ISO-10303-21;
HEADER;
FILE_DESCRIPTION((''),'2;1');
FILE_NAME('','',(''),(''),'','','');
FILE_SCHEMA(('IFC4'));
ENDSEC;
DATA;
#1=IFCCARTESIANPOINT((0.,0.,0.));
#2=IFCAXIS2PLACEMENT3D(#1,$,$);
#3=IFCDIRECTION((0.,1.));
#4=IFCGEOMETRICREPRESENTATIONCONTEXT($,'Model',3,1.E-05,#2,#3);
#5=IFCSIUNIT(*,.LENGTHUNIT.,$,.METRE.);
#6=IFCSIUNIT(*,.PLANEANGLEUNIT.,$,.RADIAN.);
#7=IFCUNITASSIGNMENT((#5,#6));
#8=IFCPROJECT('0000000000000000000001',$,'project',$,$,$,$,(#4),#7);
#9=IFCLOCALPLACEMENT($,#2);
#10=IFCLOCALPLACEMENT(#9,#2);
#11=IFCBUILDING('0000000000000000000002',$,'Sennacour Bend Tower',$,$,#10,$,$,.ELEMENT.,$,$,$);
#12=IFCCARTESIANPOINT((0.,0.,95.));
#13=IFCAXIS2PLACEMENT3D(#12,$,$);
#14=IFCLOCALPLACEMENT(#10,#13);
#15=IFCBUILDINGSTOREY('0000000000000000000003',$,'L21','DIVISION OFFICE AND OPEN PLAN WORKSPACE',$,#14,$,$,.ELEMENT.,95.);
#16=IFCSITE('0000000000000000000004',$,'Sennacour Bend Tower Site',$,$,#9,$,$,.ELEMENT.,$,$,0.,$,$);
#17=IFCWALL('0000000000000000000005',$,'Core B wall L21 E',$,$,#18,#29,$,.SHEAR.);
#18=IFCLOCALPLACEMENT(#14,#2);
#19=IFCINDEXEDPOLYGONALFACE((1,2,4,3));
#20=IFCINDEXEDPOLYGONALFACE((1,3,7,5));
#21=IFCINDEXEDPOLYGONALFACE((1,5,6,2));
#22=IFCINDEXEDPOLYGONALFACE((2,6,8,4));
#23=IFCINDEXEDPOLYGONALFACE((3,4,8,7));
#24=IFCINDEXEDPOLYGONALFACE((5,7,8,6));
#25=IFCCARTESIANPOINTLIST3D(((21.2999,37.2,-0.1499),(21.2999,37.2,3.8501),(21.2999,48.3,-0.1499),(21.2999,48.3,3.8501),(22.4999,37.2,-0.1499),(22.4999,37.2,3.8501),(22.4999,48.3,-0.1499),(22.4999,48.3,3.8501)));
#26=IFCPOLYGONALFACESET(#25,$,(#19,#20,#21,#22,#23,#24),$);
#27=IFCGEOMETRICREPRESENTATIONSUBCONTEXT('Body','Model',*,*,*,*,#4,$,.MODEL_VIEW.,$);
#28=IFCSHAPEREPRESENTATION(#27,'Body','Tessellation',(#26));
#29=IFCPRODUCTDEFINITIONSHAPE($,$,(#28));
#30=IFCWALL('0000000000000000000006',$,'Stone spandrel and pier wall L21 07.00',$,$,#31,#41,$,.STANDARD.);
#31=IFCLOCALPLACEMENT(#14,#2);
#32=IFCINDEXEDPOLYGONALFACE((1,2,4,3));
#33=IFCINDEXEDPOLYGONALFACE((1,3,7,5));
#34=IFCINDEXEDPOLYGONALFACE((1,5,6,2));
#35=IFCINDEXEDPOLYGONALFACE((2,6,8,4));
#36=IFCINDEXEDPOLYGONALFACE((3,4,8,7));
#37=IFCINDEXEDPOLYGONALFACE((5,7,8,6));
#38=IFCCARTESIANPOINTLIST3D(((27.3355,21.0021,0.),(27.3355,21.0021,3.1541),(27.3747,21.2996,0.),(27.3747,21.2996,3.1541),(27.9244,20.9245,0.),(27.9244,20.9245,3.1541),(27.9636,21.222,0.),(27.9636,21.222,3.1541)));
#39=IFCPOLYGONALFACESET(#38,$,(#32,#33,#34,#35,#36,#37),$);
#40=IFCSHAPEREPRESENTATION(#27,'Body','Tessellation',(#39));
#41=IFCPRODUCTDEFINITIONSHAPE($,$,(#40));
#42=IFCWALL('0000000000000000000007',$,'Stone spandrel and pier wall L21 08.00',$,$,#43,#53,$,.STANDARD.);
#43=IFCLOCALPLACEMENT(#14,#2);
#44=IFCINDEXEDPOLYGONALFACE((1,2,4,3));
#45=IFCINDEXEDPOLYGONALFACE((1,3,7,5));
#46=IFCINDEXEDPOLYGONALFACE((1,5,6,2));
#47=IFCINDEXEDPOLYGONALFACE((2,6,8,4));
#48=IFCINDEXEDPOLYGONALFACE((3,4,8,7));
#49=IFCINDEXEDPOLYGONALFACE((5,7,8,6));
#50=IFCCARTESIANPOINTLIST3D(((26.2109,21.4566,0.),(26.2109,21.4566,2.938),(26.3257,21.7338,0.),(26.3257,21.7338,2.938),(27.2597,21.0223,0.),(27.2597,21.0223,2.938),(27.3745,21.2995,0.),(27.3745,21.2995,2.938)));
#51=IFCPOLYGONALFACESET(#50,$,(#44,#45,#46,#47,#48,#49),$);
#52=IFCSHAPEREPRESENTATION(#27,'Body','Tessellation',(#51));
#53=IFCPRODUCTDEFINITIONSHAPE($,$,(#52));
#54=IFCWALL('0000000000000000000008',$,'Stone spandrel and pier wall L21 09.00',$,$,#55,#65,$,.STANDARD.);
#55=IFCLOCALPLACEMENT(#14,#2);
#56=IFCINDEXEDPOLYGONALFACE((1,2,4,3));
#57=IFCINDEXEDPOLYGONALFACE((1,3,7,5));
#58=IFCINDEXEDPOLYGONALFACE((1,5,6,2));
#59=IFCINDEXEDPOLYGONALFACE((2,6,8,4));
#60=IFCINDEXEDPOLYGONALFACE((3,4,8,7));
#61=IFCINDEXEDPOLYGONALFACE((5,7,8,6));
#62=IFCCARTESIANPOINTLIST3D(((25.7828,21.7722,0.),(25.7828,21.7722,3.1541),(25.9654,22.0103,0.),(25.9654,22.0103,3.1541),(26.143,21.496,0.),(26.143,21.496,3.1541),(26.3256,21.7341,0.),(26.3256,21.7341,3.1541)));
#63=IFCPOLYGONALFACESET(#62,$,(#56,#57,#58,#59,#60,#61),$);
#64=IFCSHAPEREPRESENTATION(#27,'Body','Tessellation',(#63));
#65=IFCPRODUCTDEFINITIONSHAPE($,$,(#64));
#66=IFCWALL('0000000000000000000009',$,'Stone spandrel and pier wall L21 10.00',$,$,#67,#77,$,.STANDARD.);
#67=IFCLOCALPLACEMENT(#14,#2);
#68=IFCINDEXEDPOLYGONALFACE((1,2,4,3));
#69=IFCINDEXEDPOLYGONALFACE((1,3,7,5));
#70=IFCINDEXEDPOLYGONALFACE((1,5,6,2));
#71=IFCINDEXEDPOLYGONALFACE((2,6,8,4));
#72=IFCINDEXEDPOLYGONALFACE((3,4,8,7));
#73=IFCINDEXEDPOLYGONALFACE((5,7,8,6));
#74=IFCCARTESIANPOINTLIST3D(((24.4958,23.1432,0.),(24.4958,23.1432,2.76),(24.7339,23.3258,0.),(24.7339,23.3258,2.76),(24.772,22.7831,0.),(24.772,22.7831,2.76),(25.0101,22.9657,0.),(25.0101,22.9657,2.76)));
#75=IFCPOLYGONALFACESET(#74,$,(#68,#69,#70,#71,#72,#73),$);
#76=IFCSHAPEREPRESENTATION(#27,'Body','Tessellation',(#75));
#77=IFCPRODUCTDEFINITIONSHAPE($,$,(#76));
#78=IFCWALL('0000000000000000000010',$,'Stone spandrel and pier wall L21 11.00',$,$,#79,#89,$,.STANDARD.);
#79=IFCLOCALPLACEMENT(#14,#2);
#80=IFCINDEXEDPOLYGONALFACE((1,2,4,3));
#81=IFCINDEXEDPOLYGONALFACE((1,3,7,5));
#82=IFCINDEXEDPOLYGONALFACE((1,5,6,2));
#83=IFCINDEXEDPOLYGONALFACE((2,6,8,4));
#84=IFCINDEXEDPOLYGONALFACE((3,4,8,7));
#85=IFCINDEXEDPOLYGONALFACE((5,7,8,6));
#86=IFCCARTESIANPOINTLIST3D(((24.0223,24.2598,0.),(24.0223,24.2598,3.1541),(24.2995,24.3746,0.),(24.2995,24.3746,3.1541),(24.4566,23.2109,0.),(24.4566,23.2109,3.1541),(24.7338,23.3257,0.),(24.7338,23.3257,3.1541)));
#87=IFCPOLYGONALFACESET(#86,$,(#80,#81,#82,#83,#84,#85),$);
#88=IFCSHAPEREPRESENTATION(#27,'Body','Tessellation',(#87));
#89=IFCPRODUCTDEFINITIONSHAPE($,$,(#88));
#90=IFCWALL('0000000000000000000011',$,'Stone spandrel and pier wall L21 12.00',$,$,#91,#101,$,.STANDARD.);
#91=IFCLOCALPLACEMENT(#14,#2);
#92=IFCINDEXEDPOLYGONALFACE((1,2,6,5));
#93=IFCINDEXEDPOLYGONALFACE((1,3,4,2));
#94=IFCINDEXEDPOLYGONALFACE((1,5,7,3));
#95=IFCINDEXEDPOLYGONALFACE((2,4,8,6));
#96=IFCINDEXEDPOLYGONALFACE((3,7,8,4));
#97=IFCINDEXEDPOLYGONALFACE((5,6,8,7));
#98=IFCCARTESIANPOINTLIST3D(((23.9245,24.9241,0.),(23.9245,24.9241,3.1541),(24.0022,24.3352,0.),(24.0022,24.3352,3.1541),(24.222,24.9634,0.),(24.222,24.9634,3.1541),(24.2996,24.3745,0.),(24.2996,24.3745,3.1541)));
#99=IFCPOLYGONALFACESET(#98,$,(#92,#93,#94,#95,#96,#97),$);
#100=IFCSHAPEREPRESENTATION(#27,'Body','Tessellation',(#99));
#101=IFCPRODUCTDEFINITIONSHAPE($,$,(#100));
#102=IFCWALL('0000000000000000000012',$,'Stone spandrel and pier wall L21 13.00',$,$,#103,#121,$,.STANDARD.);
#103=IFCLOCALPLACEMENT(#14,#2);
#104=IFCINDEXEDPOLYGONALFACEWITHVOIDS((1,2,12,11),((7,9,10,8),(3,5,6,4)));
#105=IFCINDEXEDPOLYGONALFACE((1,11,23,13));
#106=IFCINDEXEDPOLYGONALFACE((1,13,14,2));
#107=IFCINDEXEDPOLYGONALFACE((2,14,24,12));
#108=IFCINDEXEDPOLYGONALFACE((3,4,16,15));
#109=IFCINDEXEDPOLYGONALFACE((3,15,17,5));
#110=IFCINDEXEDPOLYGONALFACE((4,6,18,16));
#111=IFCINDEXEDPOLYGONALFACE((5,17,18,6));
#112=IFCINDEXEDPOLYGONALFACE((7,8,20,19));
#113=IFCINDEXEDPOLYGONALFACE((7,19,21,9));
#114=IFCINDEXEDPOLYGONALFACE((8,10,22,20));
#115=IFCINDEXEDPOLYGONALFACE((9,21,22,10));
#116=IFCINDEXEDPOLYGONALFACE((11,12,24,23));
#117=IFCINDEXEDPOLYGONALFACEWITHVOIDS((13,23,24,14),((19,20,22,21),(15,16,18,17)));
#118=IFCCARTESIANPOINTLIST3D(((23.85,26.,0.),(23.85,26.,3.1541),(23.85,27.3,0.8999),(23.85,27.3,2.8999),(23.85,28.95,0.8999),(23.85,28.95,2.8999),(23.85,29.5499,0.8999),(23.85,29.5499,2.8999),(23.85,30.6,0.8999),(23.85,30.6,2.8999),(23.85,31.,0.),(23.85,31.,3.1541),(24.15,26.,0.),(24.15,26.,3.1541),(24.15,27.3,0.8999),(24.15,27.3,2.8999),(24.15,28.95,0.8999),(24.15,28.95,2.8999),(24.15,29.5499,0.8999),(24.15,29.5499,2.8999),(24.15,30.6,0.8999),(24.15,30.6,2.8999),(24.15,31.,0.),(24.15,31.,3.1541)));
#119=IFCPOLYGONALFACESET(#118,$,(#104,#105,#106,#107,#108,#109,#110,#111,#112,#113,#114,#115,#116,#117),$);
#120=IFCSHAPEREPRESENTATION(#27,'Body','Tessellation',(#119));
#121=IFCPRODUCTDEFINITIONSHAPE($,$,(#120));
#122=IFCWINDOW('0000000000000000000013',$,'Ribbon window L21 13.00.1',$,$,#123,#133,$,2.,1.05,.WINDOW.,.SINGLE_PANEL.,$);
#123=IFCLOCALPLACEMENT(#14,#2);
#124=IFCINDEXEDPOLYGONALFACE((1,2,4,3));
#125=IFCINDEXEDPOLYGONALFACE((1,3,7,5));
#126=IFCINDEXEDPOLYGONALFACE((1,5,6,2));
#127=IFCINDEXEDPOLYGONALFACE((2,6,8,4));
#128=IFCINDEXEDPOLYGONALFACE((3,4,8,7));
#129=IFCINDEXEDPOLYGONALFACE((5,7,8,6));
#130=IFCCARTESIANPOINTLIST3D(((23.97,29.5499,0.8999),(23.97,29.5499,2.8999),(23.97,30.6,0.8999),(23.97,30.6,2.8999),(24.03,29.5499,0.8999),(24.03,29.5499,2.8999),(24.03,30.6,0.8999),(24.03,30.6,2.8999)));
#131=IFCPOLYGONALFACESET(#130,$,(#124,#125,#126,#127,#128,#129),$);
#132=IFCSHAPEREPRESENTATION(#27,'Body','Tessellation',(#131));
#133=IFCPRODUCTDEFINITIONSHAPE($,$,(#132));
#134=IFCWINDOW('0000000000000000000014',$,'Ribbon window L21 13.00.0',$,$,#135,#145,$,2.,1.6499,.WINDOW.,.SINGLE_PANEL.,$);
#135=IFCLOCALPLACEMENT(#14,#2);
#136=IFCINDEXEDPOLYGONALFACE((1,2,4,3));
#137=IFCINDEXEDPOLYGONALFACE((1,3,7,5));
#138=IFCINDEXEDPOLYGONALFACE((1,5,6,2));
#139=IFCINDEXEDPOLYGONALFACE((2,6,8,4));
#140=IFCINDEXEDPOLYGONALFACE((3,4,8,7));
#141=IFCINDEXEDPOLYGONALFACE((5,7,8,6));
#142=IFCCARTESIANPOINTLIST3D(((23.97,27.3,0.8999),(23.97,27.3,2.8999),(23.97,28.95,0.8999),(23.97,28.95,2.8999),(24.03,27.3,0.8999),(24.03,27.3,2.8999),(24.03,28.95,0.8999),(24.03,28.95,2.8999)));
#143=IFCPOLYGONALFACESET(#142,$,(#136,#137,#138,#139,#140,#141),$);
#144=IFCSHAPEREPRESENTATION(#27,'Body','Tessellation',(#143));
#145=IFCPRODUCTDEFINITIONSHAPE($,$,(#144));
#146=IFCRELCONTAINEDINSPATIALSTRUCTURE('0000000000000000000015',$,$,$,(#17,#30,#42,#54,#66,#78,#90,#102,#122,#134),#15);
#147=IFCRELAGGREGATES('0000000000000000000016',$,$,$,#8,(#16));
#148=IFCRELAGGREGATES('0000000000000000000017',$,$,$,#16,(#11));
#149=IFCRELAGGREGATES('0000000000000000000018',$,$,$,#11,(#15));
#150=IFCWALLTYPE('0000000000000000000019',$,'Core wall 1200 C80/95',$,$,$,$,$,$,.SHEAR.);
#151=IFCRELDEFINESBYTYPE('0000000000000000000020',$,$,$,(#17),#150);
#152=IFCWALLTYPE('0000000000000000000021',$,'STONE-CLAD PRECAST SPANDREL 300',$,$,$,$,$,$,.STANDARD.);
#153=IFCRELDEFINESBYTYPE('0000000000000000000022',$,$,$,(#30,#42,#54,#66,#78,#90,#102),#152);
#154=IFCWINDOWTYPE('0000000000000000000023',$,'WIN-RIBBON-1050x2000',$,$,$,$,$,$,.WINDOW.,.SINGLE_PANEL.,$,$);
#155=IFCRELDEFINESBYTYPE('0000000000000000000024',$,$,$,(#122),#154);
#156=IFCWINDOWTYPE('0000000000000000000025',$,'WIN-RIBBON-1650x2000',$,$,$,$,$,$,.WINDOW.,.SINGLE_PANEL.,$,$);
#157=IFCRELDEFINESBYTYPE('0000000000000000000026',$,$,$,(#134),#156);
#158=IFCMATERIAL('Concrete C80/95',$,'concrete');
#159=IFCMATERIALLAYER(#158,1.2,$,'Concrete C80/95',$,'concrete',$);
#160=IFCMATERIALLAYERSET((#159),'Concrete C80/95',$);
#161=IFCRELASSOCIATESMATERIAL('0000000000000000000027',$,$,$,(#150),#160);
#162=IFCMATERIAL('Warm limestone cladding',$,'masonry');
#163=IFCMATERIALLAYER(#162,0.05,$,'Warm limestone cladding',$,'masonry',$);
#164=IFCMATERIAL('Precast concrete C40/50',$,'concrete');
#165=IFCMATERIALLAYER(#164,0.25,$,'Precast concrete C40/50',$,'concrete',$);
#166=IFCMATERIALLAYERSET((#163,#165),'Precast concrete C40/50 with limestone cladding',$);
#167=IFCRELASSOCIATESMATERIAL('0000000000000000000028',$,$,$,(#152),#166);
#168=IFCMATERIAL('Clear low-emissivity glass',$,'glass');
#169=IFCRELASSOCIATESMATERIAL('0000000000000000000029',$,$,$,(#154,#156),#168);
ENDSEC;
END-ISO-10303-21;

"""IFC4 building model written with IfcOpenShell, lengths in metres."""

from ifc_helpers import new_model, si_unit, direction, frame, frame_2d, origin, place, context, subcontext, project, spatial, rectangle, extrude, material, layer, layer_set, type_object, element, fill, save


model = new_model("IFC4")

# Units and contexts
model_context = context("Model", 3, precision=1e-05, world=origin(), true_north=direction((0.0, 1.0)))
body_context = subcontext(model_context, "Body", "Model", "MODEL_VIEW")
ifc_project = project(units=[si_unit("LENGTHUNIT", "METRE"), si_unit("PLANEANGLEUNIT", "RADIAN")], contexts=[model_context])

# Site, building, storey
site_placement = place(None, origin())
site = spatial("IfcSite", under=ifc_project, at=site_placement, Name="Sennacour Bend Tower Site", CompositionType="ELEMENT", RefElevation=0.0)
building_placement = place(site_placement, origin())
building = spatial("IfcBuilding", under=site, at=building_placement, Name="Sennacour Bend Tower", CompositionType="ELEMENT")
storey_placement = place(building_placement, frame((0.0, 0.0, 95.0)))
storey = spatial("IfcBuildingStorey", under=building, at=storey_placement, Name="L21", Description="DIVISION OFFICE AND OPEN PLAN WORKSPACE", CompositionType="ELEMENT", Elevation=95.0)

# Walls
ifc_material_1 = material(Name="Concrete C80/95", Category="concrete")
ifc_layer_1 = layer(ifc_material_1, 1.2, Name="Concrete C80/95", Category="concrete")
ifc_layer_set_1 = layer_set([ifc_layer_1], Name="Concrete C80/95")
wall_type_1 = type_object("IfcWallType", Name="Core wall 1200 C80/95", PredefinedType="SHEAR", material=ifc_layer_set_1)
wall_1_placement = place(storey_placement, frame((21.8999, 37.2, -0.1499), z_axis=(0.0, 0.0, 1.0), x_axis=(0.0, 1.0, 0.0)))
element("IfcWall", 1, at=wall_1_placement, inside=storey, type_object=wall_type_1, Name="Core B wall L21 E", PredefinedType="SHEAR", context=body_context, shape_type="SweptSolid", body=[
    extrude(rectangle(XDim=11.1001, YDim=1.2, at=frame_2d((5.55, 0.0))), origin(), (0.0, 0.0, 1.0), 4.0),
])
ifc_material_2 = material(Name="Warm limestone cladding", Category="masonry")
ifc_layer_2 = layer(ifc_material_2, 0.05, Name="Warm limestone cladding", Category="masonry")
ifc_material_3 = material(Name="Precast concrete C40/50", Category="concrete")
ifc_layer_3 = layer(ifc_material_3, 0.25, Name="Precast concrete C40/50", Category="concrete")
ifc_layer_set_2 = layer_set([ifc_layer_2, ifc_layer_3], Name="Precast concrete C40/50 with limestone cladding")
wall_type_2 = type_object("IfcWallType", Name="STONE-CLAD PRECAST SPANDREL 300", PredefinedType="STANDARD", material=ifc_layer_set_2)
wall_2_placement = place(storey_placement, frame((27.9438, 21.0732, 0.0), z_axis=(0.0, 0.0, 1.0), x_axis=(-0.991421, 0.13071, 0.0)))
element("IfcWall", 2, at=wall_2_placement, inside=storey, type_object=wall_type_2, Name="Stone spandrel and pier wall L21 07.00", PredefinedType="STANDARD", context=body_context, shape_type="SweptSolid", body=[
    extrude(rectangle(XDim=0.594, YDim=0.3, at=frame_2d((0.2969, 0.0))), origin(), (0.0, 0.0, 1.0), 3.1541),
])
wall_3_placement = place(storey_placement, frame((27.3171, 21.1609, 0.0), z_axis=(0.0, 0.0, 1.0), x_axis=(-0.923915, 0.382599, 0.0)))
element("IfcWall", 3, at=wall_3_placement, inside=storey, type_object=wall_type_2, Name="Stone spandrel and pier wall L21 08.00", PredefinedType="STANDARD", context=body_context, shape_type="SweptSolid", body=[
    extrude(rectangle(XDim=1.1353, YDim=0.3, at=frame_2d((0.5676, 0.0))), origin(), (0.0, 0.0, 1.0), 2.938),
])
wall_4_placement = place(storey_placement, frame((26.2344, 21.615, 0.0), z_axis=(0.0, 0.0, 1.0), x_axis=(-0.793563, 0.608488, 0.0)))
element("IfcWall", 4, at=wall_4_placement, inside=storey, type_object=wall_type_2, Name="Stone spandrel and pier wall L21 09.00", PredefinedType="STANDARD", context=body_context, shape_type="SweptSolid", body=[
    extrude(rectangle(XDim=0.4539, YDim=0.3, at=frame_2d((0.2271, 0.0))), origin(), (0.0, 0.0, 1.0), 3.1541),
])
wall_5_placement = place(storey_placement, frame((24.8911, 22.8743, 0.0), z_axis=(0.0, 0.0, 1.0), x_axis=(-0.608488, 0.793563, 0.0)))
element("IfcWall", 5, at=wall_5_placement, inside=storey, type_object=wall_type_2, Name="Stone spandrel and pier wall L21 10.00", PredefinedType="STANDARD", context=body_context, shape_type="SweptSolid", body=[
    extrude(rectangle(XDim=0.4539, YDim=0.3, at=frame_2d((0.2271, 0.0))), origin(), (0.0, 0.0, 1.0), 2.76),
])
wall_6_placement = place(storey_placement, frame((24.5952, 23.2683, 0.0), z_axis=(0.0, 0.0, 1.0), x_axis=(-0.382599, 0.923915, 0.0)))
element("IfcWall", 6, at=wall_6_placement, inside=storey, type_object=wall_type_2, Name="Stone spandrel and pier wall L21 11.00", PredefinedType="STANDARD", context=body_context, shape_type="SweptSolid", body=[
    extrude(rectangle(XDim=1.1353, YDim=0.3, at=frame_2d((0.5676, 0.0))), origin(), (0.0, 0.0, 1.0), 3.1541),
])
wall_7_placement = place(storey_placement, frame((24.1509, 24.355, 0.0), z_axis=(0.0, 0.0, 1.0), x_axis=(-0.13071, 0.991421, 0.0)))
element("IfcWall", 7, at=wall_7_placement, inside=storey, type_object=wall_type_2, Name="Stone spandrel and pier wall L21 12.00", PredefinedType="STANDARD", context=body_context, shape_type="SweptSolid", body=[
    extrude(rectangle(XDim=0.594, YDim=0.3, at=frame_2d((0.2969, 0.0))), origin(), (0.0, 0.0, 1.0), 3.1541),
])

# Wall, openings, windows
wall_8_placement = place(storey_placement, frame((24.0, 26.0, 0.0), z_axis=(0.0, 0.0, 1.0), x_axis=(0.0, 1.0, 0.0)))
wall_8 = element("IfcWall", 8, at=wall_8_placement, inside=storey, type_object=wall_type_2, Name="Stone spandrel and pier wall L21 13.00", PredefinedType="STANDARD", context=body_context, shape_type="SweptSolid", body=[
    extrude(rectangle(XDim=5.0, YDim=0.3, at=frame_2d((2.5, 0.0))), origin(), (0.0, 0.0, 1.0), 3.1541),
])
opening_1_placement = place(wall_8_placement, frame((1.3, 0.0, 0.8999)))
opening_1 = element("IfcOpeningElement", 9, at=opening_1_placement, cuts=wall_8, PredefinedType="OPENING", context=body_context, shape_type="SweptSolid", body=[
    extrude(rectangle(XDim=1.6499, YDim=2.0, at=frame_2d((0.825, 1.0))), frame((0.0, 0.1602, 0.0), z_axis=(0.0, -1.0, 0.0), x_axis=(1.0, 0.0, 0.0)), (0.0, 0.0, 1.0), 0.3201),
])
opening_2_placement = place(wall_8_placement, frame((3.55, 0.0, 0.8999)))
opening_2 = element("IfcOpeningElement", 10, at=opening_2_placement, cuts=wall_8, PredefinedType="OPENING", context=body_context, shape_type="SweptSolid", body=[
    extrude(rectangle(XDim=1.05, YDim=2.0, at=frame_2d((0.5249, 1.0))), frame((0.0, 0.1602, 0.0), z_axis=(0.0, -1.0, 0.0), x_axis=(1.0, 0.0, 0.0)), (0.0, 0.0, 1.0), 0.3201),
])
ifc_material_4 = material(Name="Clear low-emissivity glass", Category="glass")
window_type_1 = type_object("IfcWindowType", Name="WIN-RIBBON-1050x2000", PartitioningType="SINGLE_PANEL", PredefinedType="WINDOW", material=ifc_material_4)
window_1_placement = place(opening_2_placement, origin())
window_1 = element("IfcWindow", 11, at=window_1_placement, inside=storey, type_object=window_type_1, Name="Ribbon window L21 13.00.1", OverallHeight=2.0, OverallWidth=1.05, PartitioningType="SINGLE_PANEL", PredefinedType="WINDOW", context=body_context, shape_type="SweptSolid", body=[
    extrude(rectangle(XDim=1.05, YDim=2.0, at=frame_2d((0.5249, 1.0))), frame((0.0, 0.03, 0.0), z_axis=(0.0, -1.0, 0.0), x_axis=(1.0, 0.0, 0.0)), (0.0, 0.0, 1.0), 0.0601),
])
fill(opening_2, window_1)
window_type_2 = type_object("IfcWindowType", Name="WIN-RIBBON-1650x2000", PartitioningType="SINGLE_PANEL", PredefinedType="WINDOW", material=ifc_material_4)
window_2_placement = place(opening_1_placement, origin())
window_2 = element("IfcWindow", 12, at=window_2_placement, inside=storey, type_object=window_type_2, Name="Ribbon window L21 13.00.0", OverallHeight=2.0, OverallWidth=1.6499, PartitioningType="SINGLE_PANEL", PredefinedType="WINDOW", context=body_context, shape_type="SweptSolid", body=[
    extrude(rectangle(XDim=1.6499, YDim=2.0, at=frame_2d((0.825, 1.0))), frame((0.0, 0.03, 0.0), z_axis=(0.0, -1.0, 0.0), x_axis=(1.0, 0.0, 0.0)), (0.0, 0.0, 1.0), 0.0601),
])
fill(opening_1, window_2)

save(model, "model.ifc")
